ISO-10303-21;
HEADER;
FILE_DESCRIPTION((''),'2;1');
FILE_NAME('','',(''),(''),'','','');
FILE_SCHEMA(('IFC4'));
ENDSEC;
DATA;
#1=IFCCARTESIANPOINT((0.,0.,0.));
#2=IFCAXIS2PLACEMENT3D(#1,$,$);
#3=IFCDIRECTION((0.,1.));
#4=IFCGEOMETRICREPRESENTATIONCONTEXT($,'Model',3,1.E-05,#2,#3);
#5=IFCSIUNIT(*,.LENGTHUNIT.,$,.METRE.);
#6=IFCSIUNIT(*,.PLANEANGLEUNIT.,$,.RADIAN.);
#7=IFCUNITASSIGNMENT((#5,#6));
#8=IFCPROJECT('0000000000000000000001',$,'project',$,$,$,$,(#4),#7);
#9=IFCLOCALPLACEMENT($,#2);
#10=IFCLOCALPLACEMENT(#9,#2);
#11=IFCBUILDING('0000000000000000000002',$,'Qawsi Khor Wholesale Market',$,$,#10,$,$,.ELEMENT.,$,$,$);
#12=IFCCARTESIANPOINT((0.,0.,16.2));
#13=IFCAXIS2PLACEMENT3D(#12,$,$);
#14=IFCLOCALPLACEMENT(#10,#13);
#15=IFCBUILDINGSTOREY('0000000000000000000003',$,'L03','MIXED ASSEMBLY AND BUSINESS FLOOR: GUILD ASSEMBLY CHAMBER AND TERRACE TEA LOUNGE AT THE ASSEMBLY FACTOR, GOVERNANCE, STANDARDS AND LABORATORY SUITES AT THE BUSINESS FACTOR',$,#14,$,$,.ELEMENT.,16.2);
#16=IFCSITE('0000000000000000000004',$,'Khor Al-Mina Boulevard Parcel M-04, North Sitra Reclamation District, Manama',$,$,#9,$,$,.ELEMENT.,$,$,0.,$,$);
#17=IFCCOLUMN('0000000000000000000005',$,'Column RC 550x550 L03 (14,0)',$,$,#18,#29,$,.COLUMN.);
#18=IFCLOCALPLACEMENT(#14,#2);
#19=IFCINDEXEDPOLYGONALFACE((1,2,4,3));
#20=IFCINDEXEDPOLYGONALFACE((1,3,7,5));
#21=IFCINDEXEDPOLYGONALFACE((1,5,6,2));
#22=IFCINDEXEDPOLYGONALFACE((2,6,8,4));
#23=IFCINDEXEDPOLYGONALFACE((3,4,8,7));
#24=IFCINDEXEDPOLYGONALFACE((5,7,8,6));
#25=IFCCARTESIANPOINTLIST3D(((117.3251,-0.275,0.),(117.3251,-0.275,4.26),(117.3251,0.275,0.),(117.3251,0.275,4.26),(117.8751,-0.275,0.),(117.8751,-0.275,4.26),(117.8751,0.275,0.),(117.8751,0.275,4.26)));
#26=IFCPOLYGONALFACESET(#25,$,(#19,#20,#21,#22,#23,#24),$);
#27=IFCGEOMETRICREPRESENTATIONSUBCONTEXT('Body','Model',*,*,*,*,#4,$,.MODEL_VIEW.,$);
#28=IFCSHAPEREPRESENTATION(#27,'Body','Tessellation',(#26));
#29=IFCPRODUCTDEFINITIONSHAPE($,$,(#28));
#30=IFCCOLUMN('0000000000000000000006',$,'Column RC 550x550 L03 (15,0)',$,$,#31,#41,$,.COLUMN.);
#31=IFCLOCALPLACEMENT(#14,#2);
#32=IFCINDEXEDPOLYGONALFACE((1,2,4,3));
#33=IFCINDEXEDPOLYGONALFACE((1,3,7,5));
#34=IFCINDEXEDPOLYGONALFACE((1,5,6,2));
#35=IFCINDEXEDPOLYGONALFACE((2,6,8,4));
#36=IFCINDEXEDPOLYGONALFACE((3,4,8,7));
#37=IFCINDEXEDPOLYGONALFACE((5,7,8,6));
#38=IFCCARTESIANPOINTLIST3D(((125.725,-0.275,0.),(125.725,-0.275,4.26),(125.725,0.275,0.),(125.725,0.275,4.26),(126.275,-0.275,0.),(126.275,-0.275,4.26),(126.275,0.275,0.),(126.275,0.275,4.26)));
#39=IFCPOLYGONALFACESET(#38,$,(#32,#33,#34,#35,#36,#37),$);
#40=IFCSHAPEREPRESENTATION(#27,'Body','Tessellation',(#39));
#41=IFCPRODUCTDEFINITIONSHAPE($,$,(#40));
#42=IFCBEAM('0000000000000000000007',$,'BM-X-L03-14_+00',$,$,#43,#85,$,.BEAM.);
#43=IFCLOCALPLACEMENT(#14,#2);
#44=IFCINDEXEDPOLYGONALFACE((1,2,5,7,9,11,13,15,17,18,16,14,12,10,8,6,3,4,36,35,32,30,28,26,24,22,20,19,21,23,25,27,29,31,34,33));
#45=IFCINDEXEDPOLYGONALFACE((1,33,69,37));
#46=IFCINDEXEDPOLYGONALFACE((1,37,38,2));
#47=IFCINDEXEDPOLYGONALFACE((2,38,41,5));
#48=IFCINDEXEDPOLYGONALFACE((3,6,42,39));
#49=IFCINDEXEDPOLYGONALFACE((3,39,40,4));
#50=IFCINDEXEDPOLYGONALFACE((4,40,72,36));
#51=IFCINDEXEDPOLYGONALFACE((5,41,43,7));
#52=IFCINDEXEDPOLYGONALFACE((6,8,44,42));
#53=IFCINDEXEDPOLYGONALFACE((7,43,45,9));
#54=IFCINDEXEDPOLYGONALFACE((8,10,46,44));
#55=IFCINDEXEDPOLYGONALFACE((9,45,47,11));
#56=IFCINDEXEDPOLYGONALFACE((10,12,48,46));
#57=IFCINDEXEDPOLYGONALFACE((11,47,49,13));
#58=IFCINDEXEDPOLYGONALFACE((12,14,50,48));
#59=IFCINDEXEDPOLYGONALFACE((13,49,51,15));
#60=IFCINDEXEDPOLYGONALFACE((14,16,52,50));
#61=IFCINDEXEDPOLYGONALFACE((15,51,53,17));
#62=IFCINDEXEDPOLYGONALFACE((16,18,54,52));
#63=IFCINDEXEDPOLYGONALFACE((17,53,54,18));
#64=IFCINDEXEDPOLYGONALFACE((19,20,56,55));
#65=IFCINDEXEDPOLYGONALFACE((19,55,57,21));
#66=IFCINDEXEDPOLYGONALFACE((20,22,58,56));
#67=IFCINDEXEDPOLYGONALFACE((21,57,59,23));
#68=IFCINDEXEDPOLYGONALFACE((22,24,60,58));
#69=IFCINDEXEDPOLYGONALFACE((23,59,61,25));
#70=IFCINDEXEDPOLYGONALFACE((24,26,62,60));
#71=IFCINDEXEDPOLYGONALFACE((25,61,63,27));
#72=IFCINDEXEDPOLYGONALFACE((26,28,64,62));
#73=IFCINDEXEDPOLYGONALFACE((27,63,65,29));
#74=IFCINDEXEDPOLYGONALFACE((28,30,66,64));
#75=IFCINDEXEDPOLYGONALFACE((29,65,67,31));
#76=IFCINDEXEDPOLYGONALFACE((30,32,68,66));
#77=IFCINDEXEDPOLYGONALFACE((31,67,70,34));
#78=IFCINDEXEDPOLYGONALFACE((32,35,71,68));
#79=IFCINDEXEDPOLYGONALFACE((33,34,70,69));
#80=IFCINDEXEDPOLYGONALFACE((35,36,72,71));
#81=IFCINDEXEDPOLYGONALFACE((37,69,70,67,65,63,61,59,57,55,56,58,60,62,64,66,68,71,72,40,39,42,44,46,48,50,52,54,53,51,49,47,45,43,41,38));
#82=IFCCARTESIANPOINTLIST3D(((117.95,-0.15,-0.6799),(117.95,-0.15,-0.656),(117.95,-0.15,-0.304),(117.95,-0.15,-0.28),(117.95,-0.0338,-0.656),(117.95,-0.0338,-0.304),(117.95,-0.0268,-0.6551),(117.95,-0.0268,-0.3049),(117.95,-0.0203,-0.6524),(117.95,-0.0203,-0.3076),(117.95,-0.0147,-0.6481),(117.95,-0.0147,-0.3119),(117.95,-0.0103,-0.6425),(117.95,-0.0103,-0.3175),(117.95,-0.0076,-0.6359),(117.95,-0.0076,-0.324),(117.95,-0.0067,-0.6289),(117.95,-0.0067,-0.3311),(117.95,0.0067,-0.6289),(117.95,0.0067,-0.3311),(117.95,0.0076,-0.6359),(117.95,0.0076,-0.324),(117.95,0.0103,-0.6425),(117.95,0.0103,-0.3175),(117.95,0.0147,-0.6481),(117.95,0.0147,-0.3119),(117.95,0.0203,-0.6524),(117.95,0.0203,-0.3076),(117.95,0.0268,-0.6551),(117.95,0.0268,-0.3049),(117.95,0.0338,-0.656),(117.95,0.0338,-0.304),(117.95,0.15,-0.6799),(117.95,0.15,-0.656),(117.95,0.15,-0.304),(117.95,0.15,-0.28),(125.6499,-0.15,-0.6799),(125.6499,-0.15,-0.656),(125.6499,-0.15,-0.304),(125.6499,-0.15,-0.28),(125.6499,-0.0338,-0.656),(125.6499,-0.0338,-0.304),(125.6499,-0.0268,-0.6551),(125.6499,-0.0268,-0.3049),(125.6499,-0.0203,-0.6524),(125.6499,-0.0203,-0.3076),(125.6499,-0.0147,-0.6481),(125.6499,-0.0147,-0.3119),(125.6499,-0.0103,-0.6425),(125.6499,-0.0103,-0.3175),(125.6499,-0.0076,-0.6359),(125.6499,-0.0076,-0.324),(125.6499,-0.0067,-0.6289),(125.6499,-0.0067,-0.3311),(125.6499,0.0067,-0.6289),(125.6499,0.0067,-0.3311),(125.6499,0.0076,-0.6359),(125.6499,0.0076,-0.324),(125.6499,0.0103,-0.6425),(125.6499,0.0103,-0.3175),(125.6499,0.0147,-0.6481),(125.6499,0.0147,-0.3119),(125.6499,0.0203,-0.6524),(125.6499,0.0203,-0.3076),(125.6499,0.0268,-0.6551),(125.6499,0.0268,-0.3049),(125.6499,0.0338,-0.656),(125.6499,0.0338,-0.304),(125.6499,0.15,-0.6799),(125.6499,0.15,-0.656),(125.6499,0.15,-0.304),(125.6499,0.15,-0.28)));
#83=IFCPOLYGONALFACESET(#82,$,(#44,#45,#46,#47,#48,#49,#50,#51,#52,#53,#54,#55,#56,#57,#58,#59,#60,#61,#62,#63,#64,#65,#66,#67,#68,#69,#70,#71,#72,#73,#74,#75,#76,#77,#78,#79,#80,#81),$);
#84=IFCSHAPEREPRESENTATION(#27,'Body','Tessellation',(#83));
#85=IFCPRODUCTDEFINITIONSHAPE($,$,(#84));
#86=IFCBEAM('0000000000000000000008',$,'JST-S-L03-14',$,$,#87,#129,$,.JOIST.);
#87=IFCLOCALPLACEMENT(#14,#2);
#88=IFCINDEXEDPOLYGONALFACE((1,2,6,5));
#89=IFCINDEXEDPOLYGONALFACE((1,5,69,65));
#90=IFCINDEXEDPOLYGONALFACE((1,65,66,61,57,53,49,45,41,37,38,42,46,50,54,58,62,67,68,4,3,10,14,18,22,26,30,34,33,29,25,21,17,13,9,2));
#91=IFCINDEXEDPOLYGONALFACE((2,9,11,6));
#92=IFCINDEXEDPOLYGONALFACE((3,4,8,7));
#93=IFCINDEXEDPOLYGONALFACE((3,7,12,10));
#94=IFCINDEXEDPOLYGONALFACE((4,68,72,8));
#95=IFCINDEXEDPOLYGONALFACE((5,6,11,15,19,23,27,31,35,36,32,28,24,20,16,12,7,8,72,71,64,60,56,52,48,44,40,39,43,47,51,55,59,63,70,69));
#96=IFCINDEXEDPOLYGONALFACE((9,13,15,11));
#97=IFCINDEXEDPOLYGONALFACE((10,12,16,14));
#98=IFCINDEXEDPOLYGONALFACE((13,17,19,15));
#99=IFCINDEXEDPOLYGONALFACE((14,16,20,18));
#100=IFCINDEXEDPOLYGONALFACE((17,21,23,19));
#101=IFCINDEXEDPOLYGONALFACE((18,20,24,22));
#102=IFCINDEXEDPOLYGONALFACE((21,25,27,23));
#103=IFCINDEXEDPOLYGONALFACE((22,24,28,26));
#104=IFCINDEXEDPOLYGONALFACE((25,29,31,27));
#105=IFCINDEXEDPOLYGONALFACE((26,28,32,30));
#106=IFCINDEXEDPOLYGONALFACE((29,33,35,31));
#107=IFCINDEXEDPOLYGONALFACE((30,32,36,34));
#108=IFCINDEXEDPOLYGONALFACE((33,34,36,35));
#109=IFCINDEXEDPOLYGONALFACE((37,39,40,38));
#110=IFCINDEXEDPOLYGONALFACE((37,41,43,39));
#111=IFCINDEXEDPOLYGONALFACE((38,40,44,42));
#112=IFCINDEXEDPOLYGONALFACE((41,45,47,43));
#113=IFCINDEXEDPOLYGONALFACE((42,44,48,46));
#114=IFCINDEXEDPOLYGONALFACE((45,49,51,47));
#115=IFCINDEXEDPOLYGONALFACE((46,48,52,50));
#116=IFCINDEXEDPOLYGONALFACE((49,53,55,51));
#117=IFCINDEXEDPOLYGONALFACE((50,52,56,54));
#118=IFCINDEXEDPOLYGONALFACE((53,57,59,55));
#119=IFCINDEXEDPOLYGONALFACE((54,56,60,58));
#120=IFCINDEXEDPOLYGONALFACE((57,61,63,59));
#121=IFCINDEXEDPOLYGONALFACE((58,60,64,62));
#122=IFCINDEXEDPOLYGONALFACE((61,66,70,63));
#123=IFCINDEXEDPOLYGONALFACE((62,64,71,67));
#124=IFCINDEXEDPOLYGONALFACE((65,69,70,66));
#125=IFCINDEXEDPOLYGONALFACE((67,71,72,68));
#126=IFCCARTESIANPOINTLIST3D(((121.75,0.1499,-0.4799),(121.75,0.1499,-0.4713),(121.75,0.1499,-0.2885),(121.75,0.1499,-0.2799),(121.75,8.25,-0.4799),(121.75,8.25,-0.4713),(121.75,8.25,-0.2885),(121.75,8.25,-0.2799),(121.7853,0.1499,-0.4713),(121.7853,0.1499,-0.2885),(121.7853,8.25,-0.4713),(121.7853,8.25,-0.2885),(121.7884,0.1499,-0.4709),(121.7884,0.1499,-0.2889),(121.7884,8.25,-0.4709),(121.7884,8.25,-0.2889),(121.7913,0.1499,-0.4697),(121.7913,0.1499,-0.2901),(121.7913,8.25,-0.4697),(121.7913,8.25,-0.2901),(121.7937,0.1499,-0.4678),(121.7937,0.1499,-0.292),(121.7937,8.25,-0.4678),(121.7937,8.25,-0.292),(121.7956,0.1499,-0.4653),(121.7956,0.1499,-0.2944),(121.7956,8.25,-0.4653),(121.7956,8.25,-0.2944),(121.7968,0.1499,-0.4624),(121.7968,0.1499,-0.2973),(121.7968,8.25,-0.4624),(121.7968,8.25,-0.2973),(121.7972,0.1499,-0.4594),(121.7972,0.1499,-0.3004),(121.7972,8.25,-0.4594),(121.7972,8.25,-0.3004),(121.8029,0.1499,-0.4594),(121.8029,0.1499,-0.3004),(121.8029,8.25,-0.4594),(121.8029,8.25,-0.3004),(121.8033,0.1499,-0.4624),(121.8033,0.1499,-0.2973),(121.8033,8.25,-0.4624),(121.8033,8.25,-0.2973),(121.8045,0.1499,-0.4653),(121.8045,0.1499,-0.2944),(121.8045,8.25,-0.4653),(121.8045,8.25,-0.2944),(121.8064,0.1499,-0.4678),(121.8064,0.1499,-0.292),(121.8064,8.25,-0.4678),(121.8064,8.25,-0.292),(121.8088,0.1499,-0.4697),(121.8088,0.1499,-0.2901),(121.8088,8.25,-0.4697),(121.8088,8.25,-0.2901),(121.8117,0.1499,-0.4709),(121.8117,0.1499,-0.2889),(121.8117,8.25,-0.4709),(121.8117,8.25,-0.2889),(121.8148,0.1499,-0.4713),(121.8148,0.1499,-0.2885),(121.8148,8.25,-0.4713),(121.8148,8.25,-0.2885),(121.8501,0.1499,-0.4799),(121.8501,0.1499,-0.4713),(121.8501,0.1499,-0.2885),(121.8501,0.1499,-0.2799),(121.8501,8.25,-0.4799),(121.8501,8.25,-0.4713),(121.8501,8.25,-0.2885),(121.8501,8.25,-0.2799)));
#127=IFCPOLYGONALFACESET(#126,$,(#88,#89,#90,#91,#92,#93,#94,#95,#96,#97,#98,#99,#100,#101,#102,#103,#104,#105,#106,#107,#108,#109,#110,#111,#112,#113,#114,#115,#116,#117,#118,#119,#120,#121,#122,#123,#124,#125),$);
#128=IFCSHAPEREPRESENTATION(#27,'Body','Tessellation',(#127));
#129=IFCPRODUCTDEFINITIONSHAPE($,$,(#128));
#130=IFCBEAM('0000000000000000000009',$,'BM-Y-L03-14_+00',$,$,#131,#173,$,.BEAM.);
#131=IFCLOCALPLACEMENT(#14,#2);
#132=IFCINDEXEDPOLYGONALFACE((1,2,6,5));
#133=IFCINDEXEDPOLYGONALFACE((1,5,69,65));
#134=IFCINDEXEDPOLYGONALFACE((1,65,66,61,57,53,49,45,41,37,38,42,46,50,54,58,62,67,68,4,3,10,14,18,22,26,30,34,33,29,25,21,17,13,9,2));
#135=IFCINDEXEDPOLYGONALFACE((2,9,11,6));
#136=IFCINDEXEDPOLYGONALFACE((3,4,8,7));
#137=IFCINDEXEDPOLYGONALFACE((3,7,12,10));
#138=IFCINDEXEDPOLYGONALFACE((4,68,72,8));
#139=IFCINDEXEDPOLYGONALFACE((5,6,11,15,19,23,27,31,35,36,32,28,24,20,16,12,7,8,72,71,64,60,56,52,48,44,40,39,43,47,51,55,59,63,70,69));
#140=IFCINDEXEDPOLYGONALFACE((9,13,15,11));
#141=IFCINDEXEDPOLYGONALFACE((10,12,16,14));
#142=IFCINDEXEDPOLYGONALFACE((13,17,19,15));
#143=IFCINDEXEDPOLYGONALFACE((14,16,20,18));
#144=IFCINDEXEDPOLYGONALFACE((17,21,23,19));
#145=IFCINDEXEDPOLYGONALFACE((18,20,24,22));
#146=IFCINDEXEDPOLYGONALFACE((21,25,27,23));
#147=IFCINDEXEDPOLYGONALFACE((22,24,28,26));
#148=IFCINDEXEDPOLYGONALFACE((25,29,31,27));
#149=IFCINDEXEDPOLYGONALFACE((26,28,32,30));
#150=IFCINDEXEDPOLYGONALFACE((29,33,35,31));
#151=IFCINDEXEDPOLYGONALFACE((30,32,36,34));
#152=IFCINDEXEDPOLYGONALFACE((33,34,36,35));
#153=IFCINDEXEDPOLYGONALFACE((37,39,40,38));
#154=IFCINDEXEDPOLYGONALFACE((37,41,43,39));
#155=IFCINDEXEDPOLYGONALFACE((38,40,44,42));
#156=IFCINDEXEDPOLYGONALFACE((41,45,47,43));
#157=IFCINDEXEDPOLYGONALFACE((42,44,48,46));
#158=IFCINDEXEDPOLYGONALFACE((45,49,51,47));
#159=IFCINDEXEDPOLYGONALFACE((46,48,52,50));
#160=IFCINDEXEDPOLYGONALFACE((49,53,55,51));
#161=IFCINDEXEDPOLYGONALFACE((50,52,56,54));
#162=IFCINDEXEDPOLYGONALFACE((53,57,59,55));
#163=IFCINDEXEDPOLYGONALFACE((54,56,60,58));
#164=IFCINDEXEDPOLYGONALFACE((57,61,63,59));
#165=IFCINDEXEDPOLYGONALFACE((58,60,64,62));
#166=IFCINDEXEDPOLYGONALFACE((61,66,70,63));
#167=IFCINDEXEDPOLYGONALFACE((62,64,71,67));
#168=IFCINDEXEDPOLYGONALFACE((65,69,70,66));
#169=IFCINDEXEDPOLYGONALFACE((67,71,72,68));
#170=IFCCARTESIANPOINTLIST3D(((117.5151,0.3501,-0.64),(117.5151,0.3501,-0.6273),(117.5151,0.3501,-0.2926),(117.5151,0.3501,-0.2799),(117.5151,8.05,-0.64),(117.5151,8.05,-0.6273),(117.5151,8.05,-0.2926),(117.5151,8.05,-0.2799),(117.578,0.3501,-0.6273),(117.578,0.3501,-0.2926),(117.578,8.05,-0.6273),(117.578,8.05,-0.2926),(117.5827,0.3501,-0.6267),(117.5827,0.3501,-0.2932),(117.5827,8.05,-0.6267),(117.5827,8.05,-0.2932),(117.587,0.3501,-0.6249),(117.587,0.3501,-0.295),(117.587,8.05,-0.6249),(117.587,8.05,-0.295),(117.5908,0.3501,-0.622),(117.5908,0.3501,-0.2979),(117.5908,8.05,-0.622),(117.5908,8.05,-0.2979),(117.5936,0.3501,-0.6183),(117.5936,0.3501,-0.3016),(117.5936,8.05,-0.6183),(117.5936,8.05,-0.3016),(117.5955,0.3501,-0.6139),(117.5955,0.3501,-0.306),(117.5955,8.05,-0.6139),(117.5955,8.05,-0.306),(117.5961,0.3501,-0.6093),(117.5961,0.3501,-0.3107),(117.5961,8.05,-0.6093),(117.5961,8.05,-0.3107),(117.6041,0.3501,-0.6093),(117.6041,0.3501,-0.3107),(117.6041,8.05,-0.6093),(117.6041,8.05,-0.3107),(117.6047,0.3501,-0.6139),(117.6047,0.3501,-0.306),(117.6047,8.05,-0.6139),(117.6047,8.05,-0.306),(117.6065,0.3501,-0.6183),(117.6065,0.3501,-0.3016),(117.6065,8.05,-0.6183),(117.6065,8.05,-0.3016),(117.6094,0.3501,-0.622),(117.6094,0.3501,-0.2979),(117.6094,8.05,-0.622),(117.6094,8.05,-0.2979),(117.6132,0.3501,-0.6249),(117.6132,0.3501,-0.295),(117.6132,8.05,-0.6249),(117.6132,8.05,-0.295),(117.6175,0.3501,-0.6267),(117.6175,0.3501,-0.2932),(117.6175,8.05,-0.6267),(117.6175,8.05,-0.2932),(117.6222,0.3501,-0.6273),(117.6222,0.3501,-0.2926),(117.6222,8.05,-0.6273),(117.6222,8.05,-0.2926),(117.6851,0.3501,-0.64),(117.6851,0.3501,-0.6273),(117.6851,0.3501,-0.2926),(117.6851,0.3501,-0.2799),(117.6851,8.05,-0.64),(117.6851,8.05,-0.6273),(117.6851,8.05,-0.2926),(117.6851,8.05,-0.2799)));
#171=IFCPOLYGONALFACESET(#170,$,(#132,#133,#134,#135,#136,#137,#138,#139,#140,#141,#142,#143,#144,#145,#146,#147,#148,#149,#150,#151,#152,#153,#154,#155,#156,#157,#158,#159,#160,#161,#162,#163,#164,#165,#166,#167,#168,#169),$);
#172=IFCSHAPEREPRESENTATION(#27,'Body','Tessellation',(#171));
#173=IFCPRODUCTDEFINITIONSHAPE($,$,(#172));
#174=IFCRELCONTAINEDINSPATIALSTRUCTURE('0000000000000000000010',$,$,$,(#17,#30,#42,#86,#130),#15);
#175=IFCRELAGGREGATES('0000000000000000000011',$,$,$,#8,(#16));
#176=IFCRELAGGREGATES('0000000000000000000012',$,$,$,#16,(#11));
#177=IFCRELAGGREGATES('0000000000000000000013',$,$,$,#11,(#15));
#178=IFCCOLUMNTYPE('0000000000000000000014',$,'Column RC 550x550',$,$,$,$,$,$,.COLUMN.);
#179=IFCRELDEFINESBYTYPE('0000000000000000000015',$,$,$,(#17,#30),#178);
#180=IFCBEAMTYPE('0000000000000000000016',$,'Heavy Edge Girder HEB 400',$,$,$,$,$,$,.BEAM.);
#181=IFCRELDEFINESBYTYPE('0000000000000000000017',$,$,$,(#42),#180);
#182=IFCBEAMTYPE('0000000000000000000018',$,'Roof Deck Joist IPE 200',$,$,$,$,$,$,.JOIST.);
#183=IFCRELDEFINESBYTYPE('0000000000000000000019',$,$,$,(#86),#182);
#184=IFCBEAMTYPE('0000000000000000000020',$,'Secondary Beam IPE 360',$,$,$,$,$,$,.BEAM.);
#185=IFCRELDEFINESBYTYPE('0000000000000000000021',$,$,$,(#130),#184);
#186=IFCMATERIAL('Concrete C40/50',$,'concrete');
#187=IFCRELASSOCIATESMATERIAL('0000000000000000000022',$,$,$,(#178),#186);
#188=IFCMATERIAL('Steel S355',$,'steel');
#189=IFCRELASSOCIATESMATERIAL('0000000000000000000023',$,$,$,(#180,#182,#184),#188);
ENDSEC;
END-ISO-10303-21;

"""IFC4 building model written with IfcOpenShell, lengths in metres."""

from ifc_helpers import new_model, si_unit, direction, frame, origin, origin_2d, place, context, subcontext, project, spatial, rectangle, i_section, extrude, material, material_profile, profile_set, type_object, element, save


model = new_model("IFC4")

# Units and contexts
model_context = context("Model", 3, precision=1e-05, world=origin(), true_north=direction((0.0, 1.0)))
body_context = subcontext(model_context, "Body", "Model", "MODEL_VIEW")
ifc_project = project(units=[si_unit("LENGTHUNIT", "METRE"), si_unit("PLANEANGLEUNIT", "RADIAN")], contexts=[model_context])

# Site, building, storey
site_placement = place(None, origin())
site = spatial("IfcSite", under=ifc_project, at=site_placement, Name="Khor Al-Mina Boulevard Parcel M-04, North Sitra Reclamation District, Manama", CompositionType="ELEMENT", RefElevation=0.0)
building_placement = place(site_placement, origin())
building = spatial("IfcBuilding", under=site, at=building_placement, Name="Qawsi Khor Wholesale Market", CompositionType="ELEMENT")
storey_placement = place(building_placement, frame((0.0, 0.0, 16.2)))
storey = spatial("IfcBuildingStorey", under=building, at=storey_placement, Name="L03", Description="MIXED ASSEMBLY AND BUSINESS FLOOR: GUILD ASSEMBLY CHAMBER AND TERRACE TEA LOUNGE AT THE ASSEMBLY FACTOR, GOVERNANCE, STANDARDS AND LABORATORY SUITES AT THE BUSINESS FACTOR", CompositionType="ELEMENT", Elevation=16.2)

# Columns
ifc_material_1 = material(Name="Concrete C40/50", Category="concrete")
ifc_material_profile_1 = material_profile(ifc_material_1, rectangle(XDim=0.55, YDim=0.55, at=origin_2d()), Name="RC 550x550")
ifc_profile_set_1 = profile_set([ifc_material_profile_1], Name="Concrete C40/50")
column_type = type_object("IfcColumnType", Name="Column RC 550x550", PredefinedType="COLUMN", material=ifc_profile_set_1)
for number, where, z_axis, x_axis, name in (
    (1, (117.6001, 0.0, 0.0), (0.0, 0.0, 1.0), (1.0, 0.0, 0.0), "Column RC 550x550 L03 (14,0)"),
    (2, (126.0, 0.0, 0.0), (0.0, 0.0, 1.0), (1.0, 0.0, 0.0), "Column RC 550x550 L03 (15,0)"),
):
    element("IfcColumn", number, at=place(storey_placement, frame(where, z_axis=z_axis, x_axis=x_axis)), inside=storey, type_object=column_type, Name=name, PredefinedType="COLUMN", context=body_context, shape_type="SweptSolid", body=[
        extrude(rectangle(XDim=0.55, YDim=0.55, at=origin_2d()), origin(), (0.0, 0.0, 1.0), 4.26),
    ])

# Beams
ifc_material_2 = material(Name="Steel S355", Category="steel")
ifc_material_profile_2 = material_profile(ifc_material_2, i_section(OverallWidth=0.3, OverallDepth=0.3999, WebThickness=0.0134, FlangeThickness=0.0239, FilletRadius=0.0271, at=origin_2d()), Name="HEB 400")
ifc_profile_set_2 = profile_set([ifc_material_profile_2], Name="Steel S355")
beam_type_1 = type_object("IfcBeamType", Name="Heavy Edge Girder HEB 400", PredefinedType="BEAM", material=ifc_profile_set_2)
beam_1_placement = place(storey_placement, frame((117.95, 0.0, -0.48), z_axis=(1.0, 0.0, 0.0), x_axis=(0.0, 1.0, 0.0)))
element("IfcBeam", 3, at=beam_1_placement, inside=storey, type_object=beam_type_1, Name="BM-X-L03-14_+00", PredefinedType="BEAM", context=body_context, shape_type="SweptSolid", body=[
    extrude(i_section(OverallWidth=0.3, OverallDepth=0.3999, WebThickness=0.0134, FlangeThickness=0.0239, FilletRadius=0.0271, at=origin_2d()), origin(), (0.0, 0.0, 1.0), 7.7),
])
ifc_material_profile_3 = material_profile(ifc_material_2, i_section(OverallWidth=0.1001, OverallDepth=0.2, WebThickness=0.0056, FlangeThickness=0.0085, FilletRadius=0.012, at=origin_2d()), Name="IPE 200")
ifc_profile_set_3 = profile_set([ifc_material_profile_3], Name="Steel S355")
beam_type_2 = type_object("IfcBeamType", Name="Roof Deck Joist IPE 200", PredefinedType="JOIST", material=ifc_profile_set_3)
beam_2_placement = place(storey_placement, frame((121.8, 0.1499, -0.3799), z_axis=(0.0, 1.0, 0.0), x_axis=(-1.0, 0.0, 0.0)))
element("IfcBeam", 4, at=beam_2_placement, inside=storey, type_object=beam_type_2, Name="JST-S-L03-14", PredefinedType="JOIST", context=body_context, shape_type="SweptSolid", body=[
    extrude(i_section(OverallWidth=0.1001, OverallDepth=0.2, WebThickness=0.0056, FlangeThickness=0.0085, FilletRadius=0.012, at=origin_2d()), origin(), (0.0, 0.0, 1.0), 8.1001),
])
ifc_material_profile_4 = material_profile(ifc_material_2, i_section(OverallWidth=0.1699, OverallDepth=0.3601, WebThickness=0.0081, FlangeThickness=0.0127, FilletRadius=0.0181, at=origin_2d()), Name="IPE 360")
ifc_profile_set_4 = profile_set([ifc_material_profile_4], Name="Steel S355")
beam_type_3 = type_object("IfcBeamType", Name="Secondary Beam IPE 360", PredefinedType="BEAM", material=ifc_profile_set_4)
for number, where, z_axis, x_axis, name in (
    (5, (117.6001, 0.3501, -0.46), (0.0, 1.0, 0.0), (-1.0, 0.0, 0.0), "BM-Y-L03-14_+00"),
):
    element("IfcBeam", number, at=place(storey_placement, frame(where, z_axis=z_axis, x_axis=x_axis)), inside=storey, type_object=beam_type_3, Name=name, PredefinedType="BEAM", context=body_context, shape_type="SweptSolid", body=[
        extrude(i_section(OverallWidth=0.1699, OverallDepth=0.3601, WebThickness=0.0081, FlangeThickness=0.0127, FilletRadius=0.0181, at=origin_2d()), origin(), (0.0, 0.0, 1.0), 7.7),
    ])

save(model, "model.ifc")
